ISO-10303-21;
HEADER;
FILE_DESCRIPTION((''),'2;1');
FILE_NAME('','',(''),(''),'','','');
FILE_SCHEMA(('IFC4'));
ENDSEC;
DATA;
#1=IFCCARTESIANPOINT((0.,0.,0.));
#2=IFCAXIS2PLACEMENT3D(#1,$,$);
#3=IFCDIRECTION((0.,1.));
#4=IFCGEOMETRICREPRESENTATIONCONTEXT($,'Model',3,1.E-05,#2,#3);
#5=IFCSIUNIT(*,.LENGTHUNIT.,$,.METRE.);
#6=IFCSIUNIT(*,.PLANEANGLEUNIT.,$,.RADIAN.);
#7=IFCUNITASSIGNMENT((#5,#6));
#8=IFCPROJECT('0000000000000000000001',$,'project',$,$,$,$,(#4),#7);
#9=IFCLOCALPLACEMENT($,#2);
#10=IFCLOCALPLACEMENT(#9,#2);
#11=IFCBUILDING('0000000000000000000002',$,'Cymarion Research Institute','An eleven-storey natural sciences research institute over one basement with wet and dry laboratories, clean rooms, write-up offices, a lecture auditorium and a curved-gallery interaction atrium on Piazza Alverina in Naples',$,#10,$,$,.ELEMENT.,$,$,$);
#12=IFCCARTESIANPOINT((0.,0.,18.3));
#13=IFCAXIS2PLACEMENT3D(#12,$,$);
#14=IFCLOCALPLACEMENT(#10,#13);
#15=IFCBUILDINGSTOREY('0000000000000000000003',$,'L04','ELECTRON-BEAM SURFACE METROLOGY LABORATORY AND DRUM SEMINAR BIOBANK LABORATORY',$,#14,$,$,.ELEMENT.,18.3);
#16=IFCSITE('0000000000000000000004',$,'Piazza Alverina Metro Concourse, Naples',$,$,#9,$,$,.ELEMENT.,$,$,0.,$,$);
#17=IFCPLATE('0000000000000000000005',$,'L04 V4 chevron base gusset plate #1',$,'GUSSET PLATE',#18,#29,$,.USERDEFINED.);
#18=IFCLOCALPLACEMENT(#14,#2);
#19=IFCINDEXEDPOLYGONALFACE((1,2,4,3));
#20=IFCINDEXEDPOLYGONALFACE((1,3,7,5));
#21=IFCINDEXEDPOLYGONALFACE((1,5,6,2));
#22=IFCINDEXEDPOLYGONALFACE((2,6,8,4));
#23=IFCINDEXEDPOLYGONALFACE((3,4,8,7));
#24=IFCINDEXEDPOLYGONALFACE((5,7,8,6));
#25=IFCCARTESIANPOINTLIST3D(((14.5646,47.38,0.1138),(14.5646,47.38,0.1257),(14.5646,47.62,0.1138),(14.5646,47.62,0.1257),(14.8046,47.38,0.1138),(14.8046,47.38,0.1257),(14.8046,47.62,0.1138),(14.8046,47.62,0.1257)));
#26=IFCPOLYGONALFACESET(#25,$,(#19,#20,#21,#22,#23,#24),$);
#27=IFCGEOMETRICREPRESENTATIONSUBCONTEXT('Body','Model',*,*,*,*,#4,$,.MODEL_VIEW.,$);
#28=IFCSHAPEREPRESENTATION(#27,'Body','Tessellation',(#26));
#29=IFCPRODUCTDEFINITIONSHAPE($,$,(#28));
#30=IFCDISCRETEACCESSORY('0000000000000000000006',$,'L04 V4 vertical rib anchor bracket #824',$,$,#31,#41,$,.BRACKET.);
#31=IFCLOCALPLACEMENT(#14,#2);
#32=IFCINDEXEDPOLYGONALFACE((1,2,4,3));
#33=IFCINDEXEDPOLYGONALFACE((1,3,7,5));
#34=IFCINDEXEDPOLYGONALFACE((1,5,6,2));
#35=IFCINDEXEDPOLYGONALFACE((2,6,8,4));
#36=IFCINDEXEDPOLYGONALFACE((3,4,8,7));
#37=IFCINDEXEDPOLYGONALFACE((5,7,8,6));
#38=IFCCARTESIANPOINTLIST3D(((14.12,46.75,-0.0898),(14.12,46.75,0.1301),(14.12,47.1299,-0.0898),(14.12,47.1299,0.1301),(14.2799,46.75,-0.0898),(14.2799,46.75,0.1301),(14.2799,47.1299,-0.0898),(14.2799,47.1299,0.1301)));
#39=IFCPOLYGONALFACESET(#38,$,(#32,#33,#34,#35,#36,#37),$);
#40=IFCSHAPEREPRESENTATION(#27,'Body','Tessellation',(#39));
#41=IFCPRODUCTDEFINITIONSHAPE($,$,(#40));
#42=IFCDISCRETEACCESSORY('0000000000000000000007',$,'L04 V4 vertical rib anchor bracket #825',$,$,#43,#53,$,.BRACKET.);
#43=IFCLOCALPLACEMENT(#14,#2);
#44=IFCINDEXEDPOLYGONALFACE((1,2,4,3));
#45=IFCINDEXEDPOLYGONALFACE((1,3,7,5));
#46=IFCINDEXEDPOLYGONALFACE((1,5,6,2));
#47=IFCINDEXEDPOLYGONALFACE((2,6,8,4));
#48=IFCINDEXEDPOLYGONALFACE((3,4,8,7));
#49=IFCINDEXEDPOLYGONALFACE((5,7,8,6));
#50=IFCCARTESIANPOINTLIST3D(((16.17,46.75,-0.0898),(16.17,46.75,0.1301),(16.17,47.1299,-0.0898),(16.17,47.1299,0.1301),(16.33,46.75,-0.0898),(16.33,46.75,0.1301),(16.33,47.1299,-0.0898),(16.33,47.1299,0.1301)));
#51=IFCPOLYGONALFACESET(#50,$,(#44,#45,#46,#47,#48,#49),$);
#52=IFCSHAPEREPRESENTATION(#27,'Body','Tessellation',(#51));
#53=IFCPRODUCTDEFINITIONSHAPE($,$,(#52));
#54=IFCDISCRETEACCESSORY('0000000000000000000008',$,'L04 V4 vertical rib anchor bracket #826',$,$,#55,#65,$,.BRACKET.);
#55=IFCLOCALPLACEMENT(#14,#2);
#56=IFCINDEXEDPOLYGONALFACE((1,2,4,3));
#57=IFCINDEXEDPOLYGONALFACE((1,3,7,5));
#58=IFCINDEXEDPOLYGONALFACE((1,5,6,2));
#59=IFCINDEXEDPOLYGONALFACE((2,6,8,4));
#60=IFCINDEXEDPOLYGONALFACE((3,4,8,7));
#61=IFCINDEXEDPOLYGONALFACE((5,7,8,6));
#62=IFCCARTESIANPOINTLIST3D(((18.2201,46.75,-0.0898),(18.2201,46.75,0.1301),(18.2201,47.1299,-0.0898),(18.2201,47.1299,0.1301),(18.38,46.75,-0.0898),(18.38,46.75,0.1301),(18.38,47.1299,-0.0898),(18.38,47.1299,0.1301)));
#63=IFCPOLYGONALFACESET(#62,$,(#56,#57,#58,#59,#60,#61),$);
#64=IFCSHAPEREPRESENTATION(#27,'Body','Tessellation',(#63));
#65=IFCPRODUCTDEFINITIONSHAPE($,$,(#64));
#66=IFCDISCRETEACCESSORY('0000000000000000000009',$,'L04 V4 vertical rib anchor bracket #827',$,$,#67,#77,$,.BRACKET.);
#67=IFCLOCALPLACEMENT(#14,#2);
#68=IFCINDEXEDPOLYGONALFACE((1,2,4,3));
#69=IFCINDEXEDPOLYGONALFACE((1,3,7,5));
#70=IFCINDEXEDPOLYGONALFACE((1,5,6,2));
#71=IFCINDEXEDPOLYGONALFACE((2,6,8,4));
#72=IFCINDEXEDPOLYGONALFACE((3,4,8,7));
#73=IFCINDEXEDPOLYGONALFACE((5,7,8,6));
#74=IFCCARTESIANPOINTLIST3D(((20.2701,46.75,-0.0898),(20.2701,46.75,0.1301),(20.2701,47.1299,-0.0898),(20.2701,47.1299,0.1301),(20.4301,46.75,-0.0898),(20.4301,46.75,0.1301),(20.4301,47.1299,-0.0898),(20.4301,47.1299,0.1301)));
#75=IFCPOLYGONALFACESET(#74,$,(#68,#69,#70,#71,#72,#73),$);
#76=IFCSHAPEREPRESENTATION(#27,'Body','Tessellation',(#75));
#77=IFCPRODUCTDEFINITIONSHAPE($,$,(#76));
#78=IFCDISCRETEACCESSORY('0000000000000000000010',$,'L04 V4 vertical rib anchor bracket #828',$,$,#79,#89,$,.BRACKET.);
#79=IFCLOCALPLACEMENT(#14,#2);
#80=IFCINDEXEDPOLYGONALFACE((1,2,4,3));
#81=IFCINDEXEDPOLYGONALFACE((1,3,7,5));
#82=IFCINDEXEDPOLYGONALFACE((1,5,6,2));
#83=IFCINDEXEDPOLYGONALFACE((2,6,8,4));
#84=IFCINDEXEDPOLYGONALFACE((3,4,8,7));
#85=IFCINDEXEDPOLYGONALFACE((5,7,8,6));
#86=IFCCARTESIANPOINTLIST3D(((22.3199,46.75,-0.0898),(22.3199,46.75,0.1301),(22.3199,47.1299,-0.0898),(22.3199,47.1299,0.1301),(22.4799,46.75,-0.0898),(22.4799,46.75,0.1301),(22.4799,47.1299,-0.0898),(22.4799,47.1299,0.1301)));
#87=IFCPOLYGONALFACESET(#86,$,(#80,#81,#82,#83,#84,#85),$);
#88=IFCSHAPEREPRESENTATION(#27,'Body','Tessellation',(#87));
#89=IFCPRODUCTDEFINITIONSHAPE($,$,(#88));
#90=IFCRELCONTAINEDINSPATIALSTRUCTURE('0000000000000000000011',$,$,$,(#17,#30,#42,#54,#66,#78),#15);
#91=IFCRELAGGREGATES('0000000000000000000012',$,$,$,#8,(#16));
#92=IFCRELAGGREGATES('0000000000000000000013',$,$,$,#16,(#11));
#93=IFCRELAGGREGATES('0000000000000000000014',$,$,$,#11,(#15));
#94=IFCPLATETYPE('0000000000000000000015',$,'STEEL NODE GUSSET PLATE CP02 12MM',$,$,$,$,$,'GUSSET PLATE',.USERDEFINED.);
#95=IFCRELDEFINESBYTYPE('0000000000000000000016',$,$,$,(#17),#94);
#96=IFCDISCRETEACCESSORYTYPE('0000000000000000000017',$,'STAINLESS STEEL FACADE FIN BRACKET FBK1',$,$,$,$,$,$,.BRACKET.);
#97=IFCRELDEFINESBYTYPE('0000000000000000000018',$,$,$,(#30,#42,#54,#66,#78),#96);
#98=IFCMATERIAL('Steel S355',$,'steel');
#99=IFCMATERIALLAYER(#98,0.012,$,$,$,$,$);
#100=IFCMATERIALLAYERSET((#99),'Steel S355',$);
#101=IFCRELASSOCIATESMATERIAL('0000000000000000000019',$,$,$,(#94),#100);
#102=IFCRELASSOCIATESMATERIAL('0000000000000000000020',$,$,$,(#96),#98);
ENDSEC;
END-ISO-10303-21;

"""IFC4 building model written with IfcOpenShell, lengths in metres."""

from ifc_helpers import new_model, si_unit, direction, frame, origin, origin_2d, place, context, subcontext, project, spatial, rectangle, extrude, material, layer, layer_set, type_object, element, save


model = new_model("IFC4")

# Units and contexts
model_context = context("Model", 3, precision=1e-05, world=origin(), true_north=direction((0.0, 1.0)))
body_context = subcontext(model_context, "Body", "Model", "MODEL_VIEW")
ifc_project = project(units=[si_unit("LENGTHUNIT", "METRE"), si_unit("PLANEANGLEUNIT", "RADIAN")], contexts=[model_context])

# Site, building, storey
site_placement = place(None, origin())
site = spatial("IfcSite", under=ifc_project, at=site_placement, Name="Piazza Alverina Metro Concourse, Naples", CompositionType="ELEMENT", RefElevation=0.0)
building_placement = place(site_placement, origin())
building = spatial("IfcBuilding", under=site, at=building_placement, Name="Cymarion Research Institute", Description="An eleven-storey natural sciences research institute over one basement with wet and dry laboratories, clean rooms, write-up offices, a lecture auditorium and a curved-gallery interaction atrium on Piazza Alverina in Naples", CompositionType="ELEMENT")
storey_placement = place(building_placement, frame((0.0, 0.0, 18.3)))
storey = spatial("IfcBuildingStorey", under=building, at=storey_placement, Name="L04", Description="ELECTRON-BEAM SURFACE METROLOGY LABORATORY AND DRUM SEMINAR BIOBANK LABORATORY", CompositionType="ELEMENT", Elevation=18.3)

# Shared definitions
ifc_material_1 = material(Name="Steel S355", Category="steel")

# Plate
ifc_layer_1 = layer(ifc_material_1, 0.012)
ifc_layer_set_1 = layer_set([ifc_layer_1], Name="Steel S355")
plate_type_1 = type_object("IfcPlateType", Name="STEEL NODE GUSSET PLATE CP02 12MM", ElementType="GUSSET PLATE", PredefinedType="USERDEFINED", material=ifc_layer_set_1)
plate_1_placement = place(storey_placement, frame((14.6846, 47.5, 0.1138), z_axis=(0.0, 0.0, 1.0), x_axis=(1.0, 0.0, 0.0)))
element("IfcPlate", 1, at=plate_1_placement, inside=storey, type_object=plate_type_1, Name="L04 V4 chevron base gusset plate #1", ObjectType="GUSSET PLATE", PredefinedType="USERDEFINED", context=body_context, shape_type="SweptSolid", body=[
    extrude(rectangle(XDim=0.24, YDim=0.24, at=origin_2d()), origin(), (0.0, 0.0, 1.0), 0.012),
])

# Discrete accessories
discrete_accessory_type = type_object("IfcDiscreteAccessoryType", Name="STAINLESS STEEL FACADE FIN BRACKET FBK1", PredefinedType="BRACKET", material=ifc_material_1)
for number, where, z_axis, x_axis, name in (
    (2, (14.2, 46.9399, -0.0898), (0.0, 0.0, 1.0), (0.0, -1.0, 0.0), "L04 V4 vertical rib anchor bracket #824"),
    (3, (16.25, 46.9399, -0.0898), (0.0, 0.0, 1.0), (0.0, -1.0, 0.0), "L04 V4 vertical rib anchor bracket #825"),
    (4, (18.3, 46.9399, -0.0898), (0.0, 0.0, 1.0), (0.0, -1.0, 0.0), "L04 V4 vertical rib anchor bracket #826"),
    (5, (20.3501, 46.9399, -0.0898), (0.0, 0.0, 1.0), (0.0, -1.0, 0.0), "L04 V4 vertical rib anchor bracket #827"),
    (6, (22.3999, 46.9399, -0.0898), (0.0, 0.0, 1.0), (0.0, -1.0, 0.0), "L04 V4 vertical rib anchor bracket #828"),
):
    element("IfcDiscreteAccessory", number, at=place(storey_placement, frame(where, z_axis=z_axis, x_axis=x_axis)), inside=storey, type_object=discrete_accessory_type, Name=name, PredefinedType="BRACKET", context=body_context, shape_type="SweptSolid", body=[
        extrude(rectangle(XDim=0.3799, YDim=0.1599, at=origin_2d()), origin(), (0.0, 0.0, 1.0), 0.22),
    ])

save(model, "model.ifc")
